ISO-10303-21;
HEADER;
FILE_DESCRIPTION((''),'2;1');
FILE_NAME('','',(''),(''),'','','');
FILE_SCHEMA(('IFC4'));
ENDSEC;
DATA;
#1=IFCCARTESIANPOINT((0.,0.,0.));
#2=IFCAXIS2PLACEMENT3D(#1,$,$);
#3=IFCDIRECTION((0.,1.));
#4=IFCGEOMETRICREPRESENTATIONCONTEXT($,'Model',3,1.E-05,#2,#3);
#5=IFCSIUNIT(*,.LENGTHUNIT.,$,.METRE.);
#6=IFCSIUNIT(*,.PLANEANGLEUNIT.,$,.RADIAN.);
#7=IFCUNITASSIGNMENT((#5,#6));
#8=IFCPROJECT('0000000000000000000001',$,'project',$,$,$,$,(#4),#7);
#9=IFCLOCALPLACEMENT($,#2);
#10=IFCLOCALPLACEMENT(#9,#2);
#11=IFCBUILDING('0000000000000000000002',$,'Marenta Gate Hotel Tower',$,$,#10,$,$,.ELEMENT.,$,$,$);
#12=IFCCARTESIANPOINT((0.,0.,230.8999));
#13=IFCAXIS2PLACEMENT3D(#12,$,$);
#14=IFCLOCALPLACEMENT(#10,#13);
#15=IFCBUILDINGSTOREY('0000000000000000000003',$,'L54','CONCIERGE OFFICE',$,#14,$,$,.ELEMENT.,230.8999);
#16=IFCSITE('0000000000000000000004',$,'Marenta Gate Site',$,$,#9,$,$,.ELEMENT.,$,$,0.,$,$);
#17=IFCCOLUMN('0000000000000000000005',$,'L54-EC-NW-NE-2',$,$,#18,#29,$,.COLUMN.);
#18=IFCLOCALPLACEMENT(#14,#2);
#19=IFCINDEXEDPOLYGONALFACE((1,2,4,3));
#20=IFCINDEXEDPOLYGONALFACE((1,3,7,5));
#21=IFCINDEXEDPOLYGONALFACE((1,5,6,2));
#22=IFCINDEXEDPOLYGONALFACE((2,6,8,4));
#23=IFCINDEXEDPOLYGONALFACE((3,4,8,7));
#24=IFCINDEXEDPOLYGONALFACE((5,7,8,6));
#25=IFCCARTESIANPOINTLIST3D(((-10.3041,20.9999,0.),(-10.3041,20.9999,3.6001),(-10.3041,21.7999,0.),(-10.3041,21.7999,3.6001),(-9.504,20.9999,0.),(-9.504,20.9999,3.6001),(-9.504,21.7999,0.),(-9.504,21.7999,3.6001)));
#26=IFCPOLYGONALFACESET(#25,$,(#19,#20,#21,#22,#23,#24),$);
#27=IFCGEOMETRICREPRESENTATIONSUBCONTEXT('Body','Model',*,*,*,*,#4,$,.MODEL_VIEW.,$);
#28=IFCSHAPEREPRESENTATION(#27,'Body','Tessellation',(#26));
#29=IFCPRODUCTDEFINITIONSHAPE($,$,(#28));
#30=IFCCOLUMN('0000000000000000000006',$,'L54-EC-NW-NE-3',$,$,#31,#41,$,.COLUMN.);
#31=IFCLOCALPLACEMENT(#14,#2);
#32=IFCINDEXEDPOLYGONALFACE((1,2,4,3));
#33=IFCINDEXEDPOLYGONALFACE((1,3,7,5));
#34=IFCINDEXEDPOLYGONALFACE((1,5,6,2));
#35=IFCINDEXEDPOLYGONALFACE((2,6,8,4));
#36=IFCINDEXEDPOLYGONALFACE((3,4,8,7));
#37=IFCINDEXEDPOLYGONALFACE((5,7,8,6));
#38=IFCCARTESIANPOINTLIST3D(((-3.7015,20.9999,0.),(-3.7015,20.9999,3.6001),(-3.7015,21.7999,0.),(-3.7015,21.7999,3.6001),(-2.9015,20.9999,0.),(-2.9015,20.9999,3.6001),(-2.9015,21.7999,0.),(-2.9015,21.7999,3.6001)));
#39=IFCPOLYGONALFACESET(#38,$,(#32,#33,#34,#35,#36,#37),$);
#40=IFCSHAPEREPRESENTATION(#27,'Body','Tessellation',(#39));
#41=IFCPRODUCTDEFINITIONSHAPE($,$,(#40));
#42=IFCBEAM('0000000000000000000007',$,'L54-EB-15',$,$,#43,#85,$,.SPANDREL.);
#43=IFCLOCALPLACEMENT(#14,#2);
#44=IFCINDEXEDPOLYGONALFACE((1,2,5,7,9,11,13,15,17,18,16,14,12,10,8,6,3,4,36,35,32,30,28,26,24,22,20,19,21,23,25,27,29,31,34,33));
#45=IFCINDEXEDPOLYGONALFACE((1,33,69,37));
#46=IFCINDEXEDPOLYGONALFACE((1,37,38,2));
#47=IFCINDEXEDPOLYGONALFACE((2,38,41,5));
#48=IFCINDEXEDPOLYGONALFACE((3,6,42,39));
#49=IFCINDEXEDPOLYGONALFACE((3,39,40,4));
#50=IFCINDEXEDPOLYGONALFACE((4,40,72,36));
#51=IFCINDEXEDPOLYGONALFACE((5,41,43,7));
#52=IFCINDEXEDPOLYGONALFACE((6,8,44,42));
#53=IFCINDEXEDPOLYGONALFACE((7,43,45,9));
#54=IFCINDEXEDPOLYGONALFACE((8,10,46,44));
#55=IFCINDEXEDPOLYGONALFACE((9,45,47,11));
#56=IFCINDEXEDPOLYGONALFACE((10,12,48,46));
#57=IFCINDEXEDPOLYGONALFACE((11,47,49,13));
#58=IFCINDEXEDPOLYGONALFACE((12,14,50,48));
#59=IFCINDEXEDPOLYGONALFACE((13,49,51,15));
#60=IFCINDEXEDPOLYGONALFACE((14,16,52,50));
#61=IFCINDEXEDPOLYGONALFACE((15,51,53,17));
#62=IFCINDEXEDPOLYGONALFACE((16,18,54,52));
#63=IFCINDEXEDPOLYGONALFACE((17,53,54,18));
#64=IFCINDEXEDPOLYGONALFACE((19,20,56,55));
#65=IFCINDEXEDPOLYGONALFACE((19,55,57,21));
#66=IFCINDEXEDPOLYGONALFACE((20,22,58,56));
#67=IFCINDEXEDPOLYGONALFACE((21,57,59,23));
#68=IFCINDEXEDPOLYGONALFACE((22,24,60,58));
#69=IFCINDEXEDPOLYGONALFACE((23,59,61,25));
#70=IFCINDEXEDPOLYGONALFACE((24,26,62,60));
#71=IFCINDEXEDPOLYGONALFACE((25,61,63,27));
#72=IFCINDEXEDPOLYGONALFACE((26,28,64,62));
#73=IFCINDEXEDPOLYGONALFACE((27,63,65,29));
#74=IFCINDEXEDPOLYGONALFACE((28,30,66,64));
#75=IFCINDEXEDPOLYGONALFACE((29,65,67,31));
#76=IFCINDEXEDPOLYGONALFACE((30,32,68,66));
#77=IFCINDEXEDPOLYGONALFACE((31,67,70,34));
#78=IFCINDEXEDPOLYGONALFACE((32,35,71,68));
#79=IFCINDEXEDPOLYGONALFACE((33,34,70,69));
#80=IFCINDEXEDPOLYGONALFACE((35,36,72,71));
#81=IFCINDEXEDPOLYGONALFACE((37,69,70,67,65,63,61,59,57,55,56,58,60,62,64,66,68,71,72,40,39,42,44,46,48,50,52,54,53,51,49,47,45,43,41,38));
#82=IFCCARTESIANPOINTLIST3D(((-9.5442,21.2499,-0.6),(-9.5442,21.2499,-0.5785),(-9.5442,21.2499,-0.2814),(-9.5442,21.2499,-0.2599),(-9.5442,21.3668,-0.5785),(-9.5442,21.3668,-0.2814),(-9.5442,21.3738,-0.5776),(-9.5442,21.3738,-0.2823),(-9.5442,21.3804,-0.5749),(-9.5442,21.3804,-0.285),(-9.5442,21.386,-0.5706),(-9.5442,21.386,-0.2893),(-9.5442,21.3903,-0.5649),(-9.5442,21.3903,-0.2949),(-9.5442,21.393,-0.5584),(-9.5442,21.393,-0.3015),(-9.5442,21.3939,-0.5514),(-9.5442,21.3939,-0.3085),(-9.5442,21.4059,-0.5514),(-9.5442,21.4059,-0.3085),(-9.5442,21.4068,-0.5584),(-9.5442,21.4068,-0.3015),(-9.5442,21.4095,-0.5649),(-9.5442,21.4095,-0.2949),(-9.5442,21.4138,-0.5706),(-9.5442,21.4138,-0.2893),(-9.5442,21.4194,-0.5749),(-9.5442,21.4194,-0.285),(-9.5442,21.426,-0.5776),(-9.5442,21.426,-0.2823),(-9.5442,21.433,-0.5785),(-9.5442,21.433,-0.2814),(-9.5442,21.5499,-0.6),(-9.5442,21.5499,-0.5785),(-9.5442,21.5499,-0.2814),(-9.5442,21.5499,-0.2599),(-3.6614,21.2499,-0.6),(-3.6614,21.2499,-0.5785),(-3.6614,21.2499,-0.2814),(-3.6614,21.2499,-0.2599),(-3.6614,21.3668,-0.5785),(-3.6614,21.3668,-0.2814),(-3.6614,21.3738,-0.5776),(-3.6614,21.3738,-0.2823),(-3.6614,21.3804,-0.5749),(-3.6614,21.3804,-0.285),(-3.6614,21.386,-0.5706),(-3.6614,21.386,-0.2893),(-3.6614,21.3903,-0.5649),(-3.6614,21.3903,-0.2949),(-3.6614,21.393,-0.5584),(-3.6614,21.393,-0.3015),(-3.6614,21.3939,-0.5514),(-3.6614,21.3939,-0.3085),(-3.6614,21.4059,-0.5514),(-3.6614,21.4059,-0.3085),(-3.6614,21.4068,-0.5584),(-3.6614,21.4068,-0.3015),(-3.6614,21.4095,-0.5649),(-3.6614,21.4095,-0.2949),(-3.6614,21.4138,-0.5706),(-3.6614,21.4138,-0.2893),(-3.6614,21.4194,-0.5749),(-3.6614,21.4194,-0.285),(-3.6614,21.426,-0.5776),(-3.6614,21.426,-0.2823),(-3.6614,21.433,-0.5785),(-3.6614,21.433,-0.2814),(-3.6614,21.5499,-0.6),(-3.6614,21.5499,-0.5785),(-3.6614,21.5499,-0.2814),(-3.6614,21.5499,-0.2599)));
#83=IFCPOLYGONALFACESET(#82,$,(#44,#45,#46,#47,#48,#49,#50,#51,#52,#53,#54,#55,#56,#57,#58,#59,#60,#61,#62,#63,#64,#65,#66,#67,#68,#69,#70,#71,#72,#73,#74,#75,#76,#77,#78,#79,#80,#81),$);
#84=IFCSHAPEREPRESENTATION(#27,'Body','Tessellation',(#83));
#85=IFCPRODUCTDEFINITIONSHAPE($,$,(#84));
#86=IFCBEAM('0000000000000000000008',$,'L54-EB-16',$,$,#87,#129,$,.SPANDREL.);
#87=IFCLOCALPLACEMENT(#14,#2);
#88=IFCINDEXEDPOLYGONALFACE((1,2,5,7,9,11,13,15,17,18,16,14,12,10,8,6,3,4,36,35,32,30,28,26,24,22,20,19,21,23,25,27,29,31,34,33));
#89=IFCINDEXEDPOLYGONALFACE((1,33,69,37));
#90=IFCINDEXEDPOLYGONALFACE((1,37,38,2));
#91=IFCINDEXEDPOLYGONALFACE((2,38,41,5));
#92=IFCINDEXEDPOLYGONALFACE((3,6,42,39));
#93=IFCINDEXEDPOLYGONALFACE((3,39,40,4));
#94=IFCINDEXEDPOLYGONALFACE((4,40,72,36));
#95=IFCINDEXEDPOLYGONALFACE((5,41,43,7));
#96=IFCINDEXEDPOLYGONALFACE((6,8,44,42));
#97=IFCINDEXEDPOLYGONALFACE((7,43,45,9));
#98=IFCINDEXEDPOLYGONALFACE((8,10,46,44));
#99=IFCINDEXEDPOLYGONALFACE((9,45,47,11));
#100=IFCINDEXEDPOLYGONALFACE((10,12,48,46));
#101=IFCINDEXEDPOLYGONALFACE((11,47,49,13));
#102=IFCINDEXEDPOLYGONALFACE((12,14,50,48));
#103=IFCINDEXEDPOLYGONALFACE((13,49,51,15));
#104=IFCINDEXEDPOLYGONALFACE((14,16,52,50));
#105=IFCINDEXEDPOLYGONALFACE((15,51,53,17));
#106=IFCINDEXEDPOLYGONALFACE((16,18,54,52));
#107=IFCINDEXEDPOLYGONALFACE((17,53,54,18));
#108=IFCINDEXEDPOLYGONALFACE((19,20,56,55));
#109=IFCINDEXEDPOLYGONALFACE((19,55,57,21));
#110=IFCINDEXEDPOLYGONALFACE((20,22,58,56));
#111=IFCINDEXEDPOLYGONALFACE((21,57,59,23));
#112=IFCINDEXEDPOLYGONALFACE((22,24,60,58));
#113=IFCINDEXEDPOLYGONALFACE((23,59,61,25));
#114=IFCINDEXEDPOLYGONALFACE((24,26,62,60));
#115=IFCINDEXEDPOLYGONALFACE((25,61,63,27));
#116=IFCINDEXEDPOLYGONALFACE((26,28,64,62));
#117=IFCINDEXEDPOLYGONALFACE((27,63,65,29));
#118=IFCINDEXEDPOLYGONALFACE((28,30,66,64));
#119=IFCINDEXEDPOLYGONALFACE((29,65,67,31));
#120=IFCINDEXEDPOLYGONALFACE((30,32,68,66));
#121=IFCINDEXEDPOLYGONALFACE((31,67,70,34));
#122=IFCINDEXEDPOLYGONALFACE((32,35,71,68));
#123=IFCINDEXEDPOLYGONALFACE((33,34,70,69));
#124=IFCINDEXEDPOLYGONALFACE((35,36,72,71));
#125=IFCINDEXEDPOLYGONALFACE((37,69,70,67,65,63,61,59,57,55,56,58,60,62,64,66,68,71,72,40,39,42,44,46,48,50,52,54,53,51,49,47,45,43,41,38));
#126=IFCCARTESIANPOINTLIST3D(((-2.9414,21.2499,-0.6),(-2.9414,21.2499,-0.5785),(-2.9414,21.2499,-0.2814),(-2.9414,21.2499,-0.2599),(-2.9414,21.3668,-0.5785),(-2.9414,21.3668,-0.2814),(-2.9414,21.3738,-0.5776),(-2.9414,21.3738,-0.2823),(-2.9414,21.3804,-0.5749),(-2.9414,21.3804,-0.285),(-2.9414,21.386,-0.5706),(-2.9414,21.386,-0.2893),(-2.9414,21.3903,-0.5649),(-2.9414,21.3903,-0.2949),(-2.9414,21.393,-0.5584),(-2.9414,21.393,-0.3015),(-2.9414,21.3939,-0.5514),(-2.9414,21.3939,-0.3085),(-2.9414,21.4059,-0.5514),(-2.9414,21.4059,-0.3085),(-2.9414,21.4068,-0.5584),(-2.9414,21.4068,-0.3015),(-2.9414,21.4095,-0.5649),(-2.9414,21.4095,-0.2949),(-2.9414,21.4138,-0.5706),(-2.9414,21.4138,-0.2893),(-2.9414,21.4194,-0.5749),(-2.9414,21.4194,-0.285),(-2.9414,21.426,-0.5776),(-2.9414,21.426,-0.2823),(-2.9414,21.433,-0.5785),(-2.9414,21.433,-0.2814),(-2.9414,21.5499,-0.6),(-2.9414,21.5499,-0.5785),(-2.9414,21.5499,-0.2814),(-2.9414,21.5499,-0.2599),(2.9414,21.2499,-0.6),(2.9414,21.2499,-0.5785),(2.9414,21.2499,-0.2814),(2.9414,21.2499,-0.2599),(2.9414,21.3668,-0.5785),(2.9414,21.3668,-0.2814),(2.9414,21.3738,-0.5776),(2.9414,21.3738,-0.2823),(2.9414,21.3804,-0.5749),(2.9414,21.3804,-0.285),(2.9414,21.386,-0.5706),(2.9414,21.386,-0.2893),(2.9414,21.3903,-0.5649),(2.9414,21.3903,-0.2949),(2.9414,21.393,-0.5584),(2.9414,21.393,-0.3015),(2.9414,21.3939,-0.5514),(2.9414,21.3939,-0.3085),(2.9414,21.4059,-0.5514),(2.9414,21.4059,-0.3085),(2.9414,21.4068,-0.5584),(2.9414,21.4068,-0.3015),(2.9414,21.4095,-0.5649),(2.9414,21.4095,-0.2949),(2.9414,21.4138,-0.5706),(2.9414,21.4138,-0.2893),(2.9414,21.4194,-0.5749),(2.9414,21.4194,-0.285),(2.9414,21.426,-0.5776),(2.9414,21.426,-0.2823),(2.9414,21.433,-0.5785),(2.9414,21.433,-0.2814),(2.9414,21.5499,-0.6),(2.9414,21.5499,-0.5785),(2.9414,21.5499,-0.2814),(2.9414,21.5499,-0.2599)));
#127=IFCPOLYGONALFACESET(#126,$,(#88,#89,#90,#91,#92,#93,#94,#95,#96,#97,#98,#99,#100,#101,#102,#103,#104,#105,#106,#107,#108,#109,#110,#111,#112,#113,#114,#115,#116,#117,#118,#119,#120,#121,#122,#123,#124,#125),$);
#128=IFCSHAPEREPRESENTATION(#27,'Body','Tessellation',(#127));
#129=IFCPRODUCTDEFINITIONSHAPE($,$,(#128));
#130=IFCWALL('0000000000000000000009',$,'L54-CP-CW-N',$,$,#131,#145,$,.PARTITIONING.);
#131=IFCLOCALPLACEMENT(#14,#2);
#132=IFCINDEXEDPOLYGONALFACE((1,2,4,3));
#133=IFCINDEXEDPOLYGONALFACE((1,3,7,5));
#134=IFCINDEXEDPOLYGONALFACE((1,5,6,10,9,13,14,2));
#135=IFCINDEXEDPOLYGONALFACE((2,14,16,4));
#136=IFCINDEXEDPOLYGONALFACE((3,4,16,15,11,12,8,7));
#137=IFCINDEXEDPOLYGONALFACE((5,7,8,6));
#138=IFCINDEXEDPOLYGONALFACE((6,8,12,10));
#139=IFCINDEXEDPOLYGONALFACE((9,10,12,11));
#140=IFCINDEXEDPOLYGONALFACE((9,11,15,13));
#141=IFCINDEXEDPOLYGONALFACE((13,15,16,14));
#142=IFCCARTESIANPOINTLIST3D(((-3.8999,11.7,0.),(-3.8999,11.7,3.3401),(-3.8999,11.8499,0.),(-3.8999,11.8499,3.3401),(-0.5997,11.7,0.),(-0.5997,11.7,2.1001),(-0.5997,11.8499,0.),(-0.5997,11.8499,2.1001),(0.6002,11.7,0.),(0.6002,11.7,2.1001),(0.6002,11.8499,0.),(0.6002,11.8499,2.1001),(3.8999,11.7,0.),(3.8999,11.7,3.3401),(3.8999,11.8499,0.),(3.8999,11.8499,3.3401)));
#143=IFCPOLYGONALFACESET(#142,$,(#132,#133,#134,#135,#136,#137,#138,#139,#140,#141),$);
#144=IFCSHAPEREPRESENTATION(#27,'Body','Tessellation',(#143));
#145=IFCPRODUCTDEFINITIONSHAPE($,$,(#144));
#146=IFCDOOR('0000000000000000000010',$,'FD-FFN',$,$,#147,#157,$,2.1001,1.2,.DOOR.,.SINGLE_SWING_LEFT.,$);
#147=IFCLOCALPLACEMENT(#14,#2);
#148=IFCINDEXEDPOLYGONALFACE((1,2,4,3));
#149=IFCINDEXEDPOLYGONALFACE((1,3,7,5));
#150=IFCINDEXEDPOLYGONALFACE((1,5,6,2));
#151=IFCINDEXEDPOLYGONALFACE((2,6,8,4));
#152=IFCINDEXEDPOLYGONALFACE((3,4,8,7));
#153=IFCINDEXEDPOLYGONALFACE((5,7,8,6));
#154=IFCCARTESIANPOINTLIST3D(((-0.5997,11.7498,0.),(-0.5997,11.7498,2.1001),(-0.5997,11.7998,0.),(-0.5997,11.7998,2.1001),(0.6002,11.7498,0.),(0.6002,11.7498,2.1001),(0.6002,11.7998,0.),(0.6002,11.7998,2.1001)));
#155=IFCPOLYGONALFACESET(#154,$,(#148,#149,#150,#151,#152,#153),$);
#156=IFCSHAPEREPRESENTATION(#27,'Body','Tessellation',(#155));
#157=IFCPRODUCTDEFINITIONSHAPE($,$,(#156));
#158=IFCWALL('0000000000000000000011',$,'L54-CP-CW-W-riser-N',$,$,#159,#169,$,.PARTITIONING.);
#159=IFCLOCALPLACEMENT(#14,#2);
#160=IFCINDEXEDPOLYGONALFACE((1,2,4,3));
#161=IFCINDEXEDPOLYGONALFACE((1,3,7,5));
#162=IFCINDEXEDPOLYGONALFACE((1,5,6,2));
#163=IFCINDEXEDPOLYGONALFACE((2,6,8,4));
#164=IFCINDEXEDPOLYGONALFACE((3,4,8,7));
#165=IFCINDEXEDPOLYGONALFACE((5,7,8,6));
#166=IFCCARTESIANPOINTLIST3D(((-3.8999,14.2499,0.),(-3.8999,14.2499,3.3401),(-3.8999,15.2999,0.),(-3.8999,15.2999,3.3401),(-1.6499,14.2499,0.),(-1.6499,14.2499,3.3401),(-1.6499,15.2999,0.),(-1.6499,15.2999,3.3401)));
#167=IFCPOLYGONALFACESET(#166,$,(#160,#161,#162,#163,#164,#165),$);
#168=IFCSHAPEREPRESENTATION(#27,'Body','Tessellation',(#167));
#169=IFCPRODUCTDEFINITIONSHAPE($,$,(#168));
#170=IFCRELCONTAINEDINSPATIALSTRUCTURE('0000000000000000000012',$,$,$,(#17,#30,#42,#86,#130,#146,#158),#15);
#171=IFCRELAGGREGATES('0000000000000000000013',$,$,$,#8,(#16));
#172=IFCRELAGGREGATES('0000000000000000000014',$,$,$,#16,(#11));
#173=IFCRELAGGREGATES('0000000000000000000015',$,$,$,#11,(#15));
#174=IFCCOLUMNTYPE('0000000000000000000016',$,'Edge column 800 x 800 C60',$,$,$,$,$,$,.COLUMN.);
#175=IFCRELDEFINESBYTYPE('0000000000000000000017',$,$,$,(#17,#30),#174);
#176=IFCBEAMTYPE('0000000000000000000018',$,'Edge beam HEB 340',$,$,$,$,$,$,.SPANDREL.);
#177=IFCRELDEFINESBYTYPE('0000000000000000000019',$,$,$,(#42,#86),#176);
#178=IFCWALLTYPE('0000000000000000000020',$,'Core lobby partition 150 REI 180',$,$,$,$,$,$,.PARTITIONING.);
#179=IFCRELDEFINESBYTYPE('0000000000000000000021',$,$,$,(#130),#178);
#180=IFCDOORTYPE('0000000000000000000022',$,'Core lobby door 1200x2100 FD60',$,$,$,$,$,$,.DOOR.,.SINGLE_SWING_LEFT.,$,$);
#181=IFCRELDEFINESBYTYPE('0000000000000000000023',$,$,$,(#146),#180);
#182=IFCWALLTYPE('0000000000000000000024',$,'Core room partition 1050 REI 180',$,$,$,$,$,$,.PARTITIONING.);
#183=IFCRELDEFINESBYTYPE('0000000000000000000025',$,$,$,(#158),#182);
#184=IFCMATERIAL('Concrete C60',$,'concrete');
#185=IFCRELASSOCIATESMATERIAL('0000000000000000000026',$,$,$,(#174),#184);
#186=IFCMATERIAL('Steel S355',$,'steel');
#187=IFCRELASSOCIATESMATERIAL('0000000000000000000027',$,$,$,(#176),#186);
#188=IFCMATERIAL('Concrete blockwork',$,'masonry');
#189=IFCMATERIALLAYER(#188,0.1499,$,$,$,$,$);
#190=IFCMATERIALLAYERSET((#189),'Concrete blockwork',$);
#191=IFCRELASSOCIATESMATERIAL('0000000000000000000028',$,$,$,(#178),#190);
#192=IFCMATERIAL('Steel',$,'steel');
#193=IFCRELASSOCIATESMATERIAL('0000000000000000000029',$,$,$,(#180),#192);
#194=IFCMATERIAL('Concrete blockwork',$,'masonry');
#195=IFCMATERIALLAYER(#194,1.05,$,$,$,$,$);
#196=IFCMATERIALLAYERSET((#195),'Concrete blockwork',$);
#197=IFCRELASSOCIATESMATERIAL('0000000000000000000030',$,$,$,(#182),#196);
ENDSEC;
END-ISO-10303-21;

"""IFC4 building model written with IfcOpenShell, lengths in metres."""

from ifc_helpers import new_model, si_unit, direction, frame, frame_2d, origin, origin_2d, place, context, subcontext, project, spatial, rectangle, i_section, extrude, material, layer, layer_set, material_profile, profile_set, type_object, element, fill, save


model = new_model("IFC4")

# Units and contexts
model_context = context("Model", 3, precision=1e-05, world=origin(), true_north=direction((0.0, 1.0)))
body_context = subcontext(model_context, "Body", "Model", "MODEL_VIEW")
ifc_project = project(units=[si_unit("LENGTHUNIT", "METRE"), si_unit("PLANEANGLEUNIT", "RADIAN")], contexts=[model_context])

# Site, building, storey
site_placement = place(None, origin())
site = spatial("IfcSite", under=ifc_project, at=site_placement, Name="Marenta Gate Site", CompositionType="ELEMENT", RefElevation=0.0)
building_placement = place(site_placement, origin())
building = spatial("IfcBuilding", under=site, at=building_placement, Name="Marenta Gate Hotel Tower", CompositionType="ELEMENT")
storey_placement = place(building_placement, frame((0.0, 0.0, 230.8999)))
storey = spatial("IfcBuildingStorey", under=building, at=storey_placement, Name="L54", Description="CONCIERGE OFFICE", CompositionType="ELEMENT", Elevation=230.8999)

# Columns
ifc_material_1 = material(Name="Concrete C60", Category="concrete")
ifc_material_profile_1 = material_profile(ifc_material_1, rectangle(XDim=0.8, YDim=0.8, at=origin_2d()), Name="800 x 800")
ifc_profile_set_1 = profile_set([ifc_material_profile_1], Name="Concrete C60")
column_type = type_object("IfcColumnType", Name="Edge column 800 x 800 C60", PredefinedType="COLUMN", material=ifc_profile_set_1)
for number, where, z_axis, x_axis, name in (
    (1, (-9.9041, 21.3999, 0.0), (0.0, 0.0, 1.0), (1.0, 0.0, 0.0), "L54-EC-NW-NE-2"),
    (2, (-3.3015, 21.3999, 0.0), (0.0, 0.0, 1.0), (1.0, 0.0, 0.0), "L54-EC-NW-NE-3"),
):
    element("IfcColumn", number, at=place(storey_placement, frame(where, z_axis=z_axis, x_axis=x_axis)), inside=storey, type_object=column_type, Name=name, PredefinedType="COLUMN", context=body_context, shape_type="SweptSolid", body=[
        extrude(rectangle(XDim=0.8, YDim=0.8, at=origin_2d()), origin(), (0.0, 0.0, 1.0), 3.6001),
    ])

# Beams
ifc_material_2 = material(Name="Steel S355", Category="steel")
ifc_material_profile_2 = material_profile(ifc_material_2, i_section(OverallWidth=0.3, OverallDepth=0.3401, WebThickness=0.012, FlangeThickness=0.0215, FilletRadius=0.0271, at=origin_2d()), Name="HEB 340")
ifc_profile_set_2 = profile_set([ifc_material_profile_2], Name="Steel S355")
beam_type = type_object("IfcBeamType", Name="Edge beam HEB 340", PredefinedType="SPANDREL", material=ifc_profile_set_2)
for number, where, z_axis, x_axis, name in (
    (3, (-9.5442, 21.3999, -0.4299), (1.0, 0.0, 0.0), (0.0, 1.0, 0.0), "L54-EB-15"),
    (4, (-2.9414, 21.3999, -0.4299), (1.0, 0.0, 0.0), (0.0, 1.0, 0.0), "L54-EB-16"),
):
    element("IfcBeam", number, at=place(storey_placement, frame(where, z_axis=z_axis, x_axis=x_axis)), inside=storey, type_object=beam_type, Name=name, PredefinedType="SPANDREL", context=body_context, shape_type="SweptSolid", body=[
        extrude(i_section(OverallWidth=0.3, OverallDepth=0.3401, WebThickness=0.012, FlangeThickness=0.0215, FilletRadius=0.0271, at=origin_2d()), origin(), (0.0, 0.0, 1.0), 5.8828),
    ])

# Wall, opening, door
ifc_material_3 = material(Name="Concrete blockwork", Category="masonry")
ifc_layer_1 = layer(ifc_material_3, 0.1499)
ifc_layer_set_1 = layer_set([ifc_layer_1], Name="Concrete blockwork")
wall_type_1 = type_object("IfcWallType", Name="Core lobby partition 150 REI 180", PredefinedType="PARTITIONING", material=ifc_layer_set_1)
wall_1_placement = place(storey_placement, frame((-3.8999, 11.7749, 0.0), z_axis=(0.0, 0.0, 1.0), x_axis=(1.0, 0.0, 0.0)))
wall_1 = element("IfcWall", 5, at=wall_1_placement, inside=storey, type_object=wall_type_1, Name="L54-CP-CW-N", PredefinedType="PARTITIONING", context=body_context, shape_type="SweptSolid", body=[
    extrude(rectangle(XDim=7.7998, YDim=0.1499, at=frame_2d((3.8999, 0.0))), origin(), (0.0, 0.0, 1.0), 3.3401),
])
opening_1_placement = place(wall_1_placement, frame((3.3, 0.0, 0.0)))
opening_1 = element("IfcOpeningElement", 6, at=opening_1_placement, cuts=wall_1, PredefinedType="OPENING", context=body_context, shape_type="SweptSolid", body=[
    extrude(rectangle(XDim=1.2, YDim=2.1001, at=frame_2d((0.6001, 1.05))), frame((0.0, 0.075, 0.0), z_axis=(0.0, -1.0, 0.0), x_axis=(1.0, 0.0, 0.0)), (0.0, 0.0, 1.0), 0.1499),
])
ifc_material_4 = material(Name="Steel", Category="steel")
door_type_1 = type_object("IfcDoorType", Name="Core lobby door 1200x2100 FD60", OperationType="SINGLE_SWING_LEFT", PredefinedType="DOOR", material=ifc_material_4)
door_1_placement = place(opening_1_placement, origin())
door_1 = element("IfcDoor", 7, at=door_1_placement, inside=storey, type_object=door_type_1, Name="FD-FFN", OperationType="SINGLE_SWING_LEFT", OverallHeight=2.1001, OverallWidth=1.2, PredefinedType="DOOR", context=body_context, shape_type="SweptSolid", body=[
    extrude(rectangle(XDim=1.2, YDim=2.1001, at=frame_2d((0.6001, 1.05))), frame((0.0, 0.0249, 0.0), z_axis=(0.0, -1.0, 0.0), x_axis=(1.0, 0.0, 0.0)), (0.0, 0.0, 1.0), 0.05),
])
fill(opening_1, door_1)

# Wall
ifc_material_5 = material(Name="Concrete blockwork", Category="masonry")
ifc_layer_2 = layer(ifc_material_5, 1.05)
ifc_layer_set_2 = layer_set([ifc_layer_2], Name="Concrete blockwork")
wall_type_2 = type_object("IfcWallType", Name="Core room partition 1050 REI 180", PredefinedType="PARTITIONING", material=ifc_layer_set_2)
wall_2_placement = place(storey_placement, frame((-3.8999, 14.7749, 0.0), z_axis=(0.0, 0.0, 1.0), x_axis=(1.0, 0.0, 0.0)))
element("IfcWall", 8, at=wall_2_placement, inside=storey, type_object=wall_type_2, Name="L54-CP-CW-W-riser-N", PredefinedType="PARTITIONING", context=body_context, shape_type="SweptSolid", body=[
    extrude(rectangle(XDim=2.25, YDim=1.05, at=frame_2d((1.125, 0.0))), origin(), (0.0, 0.0, 1.0), 3.3401),
])

save(model, "model.ifc")
